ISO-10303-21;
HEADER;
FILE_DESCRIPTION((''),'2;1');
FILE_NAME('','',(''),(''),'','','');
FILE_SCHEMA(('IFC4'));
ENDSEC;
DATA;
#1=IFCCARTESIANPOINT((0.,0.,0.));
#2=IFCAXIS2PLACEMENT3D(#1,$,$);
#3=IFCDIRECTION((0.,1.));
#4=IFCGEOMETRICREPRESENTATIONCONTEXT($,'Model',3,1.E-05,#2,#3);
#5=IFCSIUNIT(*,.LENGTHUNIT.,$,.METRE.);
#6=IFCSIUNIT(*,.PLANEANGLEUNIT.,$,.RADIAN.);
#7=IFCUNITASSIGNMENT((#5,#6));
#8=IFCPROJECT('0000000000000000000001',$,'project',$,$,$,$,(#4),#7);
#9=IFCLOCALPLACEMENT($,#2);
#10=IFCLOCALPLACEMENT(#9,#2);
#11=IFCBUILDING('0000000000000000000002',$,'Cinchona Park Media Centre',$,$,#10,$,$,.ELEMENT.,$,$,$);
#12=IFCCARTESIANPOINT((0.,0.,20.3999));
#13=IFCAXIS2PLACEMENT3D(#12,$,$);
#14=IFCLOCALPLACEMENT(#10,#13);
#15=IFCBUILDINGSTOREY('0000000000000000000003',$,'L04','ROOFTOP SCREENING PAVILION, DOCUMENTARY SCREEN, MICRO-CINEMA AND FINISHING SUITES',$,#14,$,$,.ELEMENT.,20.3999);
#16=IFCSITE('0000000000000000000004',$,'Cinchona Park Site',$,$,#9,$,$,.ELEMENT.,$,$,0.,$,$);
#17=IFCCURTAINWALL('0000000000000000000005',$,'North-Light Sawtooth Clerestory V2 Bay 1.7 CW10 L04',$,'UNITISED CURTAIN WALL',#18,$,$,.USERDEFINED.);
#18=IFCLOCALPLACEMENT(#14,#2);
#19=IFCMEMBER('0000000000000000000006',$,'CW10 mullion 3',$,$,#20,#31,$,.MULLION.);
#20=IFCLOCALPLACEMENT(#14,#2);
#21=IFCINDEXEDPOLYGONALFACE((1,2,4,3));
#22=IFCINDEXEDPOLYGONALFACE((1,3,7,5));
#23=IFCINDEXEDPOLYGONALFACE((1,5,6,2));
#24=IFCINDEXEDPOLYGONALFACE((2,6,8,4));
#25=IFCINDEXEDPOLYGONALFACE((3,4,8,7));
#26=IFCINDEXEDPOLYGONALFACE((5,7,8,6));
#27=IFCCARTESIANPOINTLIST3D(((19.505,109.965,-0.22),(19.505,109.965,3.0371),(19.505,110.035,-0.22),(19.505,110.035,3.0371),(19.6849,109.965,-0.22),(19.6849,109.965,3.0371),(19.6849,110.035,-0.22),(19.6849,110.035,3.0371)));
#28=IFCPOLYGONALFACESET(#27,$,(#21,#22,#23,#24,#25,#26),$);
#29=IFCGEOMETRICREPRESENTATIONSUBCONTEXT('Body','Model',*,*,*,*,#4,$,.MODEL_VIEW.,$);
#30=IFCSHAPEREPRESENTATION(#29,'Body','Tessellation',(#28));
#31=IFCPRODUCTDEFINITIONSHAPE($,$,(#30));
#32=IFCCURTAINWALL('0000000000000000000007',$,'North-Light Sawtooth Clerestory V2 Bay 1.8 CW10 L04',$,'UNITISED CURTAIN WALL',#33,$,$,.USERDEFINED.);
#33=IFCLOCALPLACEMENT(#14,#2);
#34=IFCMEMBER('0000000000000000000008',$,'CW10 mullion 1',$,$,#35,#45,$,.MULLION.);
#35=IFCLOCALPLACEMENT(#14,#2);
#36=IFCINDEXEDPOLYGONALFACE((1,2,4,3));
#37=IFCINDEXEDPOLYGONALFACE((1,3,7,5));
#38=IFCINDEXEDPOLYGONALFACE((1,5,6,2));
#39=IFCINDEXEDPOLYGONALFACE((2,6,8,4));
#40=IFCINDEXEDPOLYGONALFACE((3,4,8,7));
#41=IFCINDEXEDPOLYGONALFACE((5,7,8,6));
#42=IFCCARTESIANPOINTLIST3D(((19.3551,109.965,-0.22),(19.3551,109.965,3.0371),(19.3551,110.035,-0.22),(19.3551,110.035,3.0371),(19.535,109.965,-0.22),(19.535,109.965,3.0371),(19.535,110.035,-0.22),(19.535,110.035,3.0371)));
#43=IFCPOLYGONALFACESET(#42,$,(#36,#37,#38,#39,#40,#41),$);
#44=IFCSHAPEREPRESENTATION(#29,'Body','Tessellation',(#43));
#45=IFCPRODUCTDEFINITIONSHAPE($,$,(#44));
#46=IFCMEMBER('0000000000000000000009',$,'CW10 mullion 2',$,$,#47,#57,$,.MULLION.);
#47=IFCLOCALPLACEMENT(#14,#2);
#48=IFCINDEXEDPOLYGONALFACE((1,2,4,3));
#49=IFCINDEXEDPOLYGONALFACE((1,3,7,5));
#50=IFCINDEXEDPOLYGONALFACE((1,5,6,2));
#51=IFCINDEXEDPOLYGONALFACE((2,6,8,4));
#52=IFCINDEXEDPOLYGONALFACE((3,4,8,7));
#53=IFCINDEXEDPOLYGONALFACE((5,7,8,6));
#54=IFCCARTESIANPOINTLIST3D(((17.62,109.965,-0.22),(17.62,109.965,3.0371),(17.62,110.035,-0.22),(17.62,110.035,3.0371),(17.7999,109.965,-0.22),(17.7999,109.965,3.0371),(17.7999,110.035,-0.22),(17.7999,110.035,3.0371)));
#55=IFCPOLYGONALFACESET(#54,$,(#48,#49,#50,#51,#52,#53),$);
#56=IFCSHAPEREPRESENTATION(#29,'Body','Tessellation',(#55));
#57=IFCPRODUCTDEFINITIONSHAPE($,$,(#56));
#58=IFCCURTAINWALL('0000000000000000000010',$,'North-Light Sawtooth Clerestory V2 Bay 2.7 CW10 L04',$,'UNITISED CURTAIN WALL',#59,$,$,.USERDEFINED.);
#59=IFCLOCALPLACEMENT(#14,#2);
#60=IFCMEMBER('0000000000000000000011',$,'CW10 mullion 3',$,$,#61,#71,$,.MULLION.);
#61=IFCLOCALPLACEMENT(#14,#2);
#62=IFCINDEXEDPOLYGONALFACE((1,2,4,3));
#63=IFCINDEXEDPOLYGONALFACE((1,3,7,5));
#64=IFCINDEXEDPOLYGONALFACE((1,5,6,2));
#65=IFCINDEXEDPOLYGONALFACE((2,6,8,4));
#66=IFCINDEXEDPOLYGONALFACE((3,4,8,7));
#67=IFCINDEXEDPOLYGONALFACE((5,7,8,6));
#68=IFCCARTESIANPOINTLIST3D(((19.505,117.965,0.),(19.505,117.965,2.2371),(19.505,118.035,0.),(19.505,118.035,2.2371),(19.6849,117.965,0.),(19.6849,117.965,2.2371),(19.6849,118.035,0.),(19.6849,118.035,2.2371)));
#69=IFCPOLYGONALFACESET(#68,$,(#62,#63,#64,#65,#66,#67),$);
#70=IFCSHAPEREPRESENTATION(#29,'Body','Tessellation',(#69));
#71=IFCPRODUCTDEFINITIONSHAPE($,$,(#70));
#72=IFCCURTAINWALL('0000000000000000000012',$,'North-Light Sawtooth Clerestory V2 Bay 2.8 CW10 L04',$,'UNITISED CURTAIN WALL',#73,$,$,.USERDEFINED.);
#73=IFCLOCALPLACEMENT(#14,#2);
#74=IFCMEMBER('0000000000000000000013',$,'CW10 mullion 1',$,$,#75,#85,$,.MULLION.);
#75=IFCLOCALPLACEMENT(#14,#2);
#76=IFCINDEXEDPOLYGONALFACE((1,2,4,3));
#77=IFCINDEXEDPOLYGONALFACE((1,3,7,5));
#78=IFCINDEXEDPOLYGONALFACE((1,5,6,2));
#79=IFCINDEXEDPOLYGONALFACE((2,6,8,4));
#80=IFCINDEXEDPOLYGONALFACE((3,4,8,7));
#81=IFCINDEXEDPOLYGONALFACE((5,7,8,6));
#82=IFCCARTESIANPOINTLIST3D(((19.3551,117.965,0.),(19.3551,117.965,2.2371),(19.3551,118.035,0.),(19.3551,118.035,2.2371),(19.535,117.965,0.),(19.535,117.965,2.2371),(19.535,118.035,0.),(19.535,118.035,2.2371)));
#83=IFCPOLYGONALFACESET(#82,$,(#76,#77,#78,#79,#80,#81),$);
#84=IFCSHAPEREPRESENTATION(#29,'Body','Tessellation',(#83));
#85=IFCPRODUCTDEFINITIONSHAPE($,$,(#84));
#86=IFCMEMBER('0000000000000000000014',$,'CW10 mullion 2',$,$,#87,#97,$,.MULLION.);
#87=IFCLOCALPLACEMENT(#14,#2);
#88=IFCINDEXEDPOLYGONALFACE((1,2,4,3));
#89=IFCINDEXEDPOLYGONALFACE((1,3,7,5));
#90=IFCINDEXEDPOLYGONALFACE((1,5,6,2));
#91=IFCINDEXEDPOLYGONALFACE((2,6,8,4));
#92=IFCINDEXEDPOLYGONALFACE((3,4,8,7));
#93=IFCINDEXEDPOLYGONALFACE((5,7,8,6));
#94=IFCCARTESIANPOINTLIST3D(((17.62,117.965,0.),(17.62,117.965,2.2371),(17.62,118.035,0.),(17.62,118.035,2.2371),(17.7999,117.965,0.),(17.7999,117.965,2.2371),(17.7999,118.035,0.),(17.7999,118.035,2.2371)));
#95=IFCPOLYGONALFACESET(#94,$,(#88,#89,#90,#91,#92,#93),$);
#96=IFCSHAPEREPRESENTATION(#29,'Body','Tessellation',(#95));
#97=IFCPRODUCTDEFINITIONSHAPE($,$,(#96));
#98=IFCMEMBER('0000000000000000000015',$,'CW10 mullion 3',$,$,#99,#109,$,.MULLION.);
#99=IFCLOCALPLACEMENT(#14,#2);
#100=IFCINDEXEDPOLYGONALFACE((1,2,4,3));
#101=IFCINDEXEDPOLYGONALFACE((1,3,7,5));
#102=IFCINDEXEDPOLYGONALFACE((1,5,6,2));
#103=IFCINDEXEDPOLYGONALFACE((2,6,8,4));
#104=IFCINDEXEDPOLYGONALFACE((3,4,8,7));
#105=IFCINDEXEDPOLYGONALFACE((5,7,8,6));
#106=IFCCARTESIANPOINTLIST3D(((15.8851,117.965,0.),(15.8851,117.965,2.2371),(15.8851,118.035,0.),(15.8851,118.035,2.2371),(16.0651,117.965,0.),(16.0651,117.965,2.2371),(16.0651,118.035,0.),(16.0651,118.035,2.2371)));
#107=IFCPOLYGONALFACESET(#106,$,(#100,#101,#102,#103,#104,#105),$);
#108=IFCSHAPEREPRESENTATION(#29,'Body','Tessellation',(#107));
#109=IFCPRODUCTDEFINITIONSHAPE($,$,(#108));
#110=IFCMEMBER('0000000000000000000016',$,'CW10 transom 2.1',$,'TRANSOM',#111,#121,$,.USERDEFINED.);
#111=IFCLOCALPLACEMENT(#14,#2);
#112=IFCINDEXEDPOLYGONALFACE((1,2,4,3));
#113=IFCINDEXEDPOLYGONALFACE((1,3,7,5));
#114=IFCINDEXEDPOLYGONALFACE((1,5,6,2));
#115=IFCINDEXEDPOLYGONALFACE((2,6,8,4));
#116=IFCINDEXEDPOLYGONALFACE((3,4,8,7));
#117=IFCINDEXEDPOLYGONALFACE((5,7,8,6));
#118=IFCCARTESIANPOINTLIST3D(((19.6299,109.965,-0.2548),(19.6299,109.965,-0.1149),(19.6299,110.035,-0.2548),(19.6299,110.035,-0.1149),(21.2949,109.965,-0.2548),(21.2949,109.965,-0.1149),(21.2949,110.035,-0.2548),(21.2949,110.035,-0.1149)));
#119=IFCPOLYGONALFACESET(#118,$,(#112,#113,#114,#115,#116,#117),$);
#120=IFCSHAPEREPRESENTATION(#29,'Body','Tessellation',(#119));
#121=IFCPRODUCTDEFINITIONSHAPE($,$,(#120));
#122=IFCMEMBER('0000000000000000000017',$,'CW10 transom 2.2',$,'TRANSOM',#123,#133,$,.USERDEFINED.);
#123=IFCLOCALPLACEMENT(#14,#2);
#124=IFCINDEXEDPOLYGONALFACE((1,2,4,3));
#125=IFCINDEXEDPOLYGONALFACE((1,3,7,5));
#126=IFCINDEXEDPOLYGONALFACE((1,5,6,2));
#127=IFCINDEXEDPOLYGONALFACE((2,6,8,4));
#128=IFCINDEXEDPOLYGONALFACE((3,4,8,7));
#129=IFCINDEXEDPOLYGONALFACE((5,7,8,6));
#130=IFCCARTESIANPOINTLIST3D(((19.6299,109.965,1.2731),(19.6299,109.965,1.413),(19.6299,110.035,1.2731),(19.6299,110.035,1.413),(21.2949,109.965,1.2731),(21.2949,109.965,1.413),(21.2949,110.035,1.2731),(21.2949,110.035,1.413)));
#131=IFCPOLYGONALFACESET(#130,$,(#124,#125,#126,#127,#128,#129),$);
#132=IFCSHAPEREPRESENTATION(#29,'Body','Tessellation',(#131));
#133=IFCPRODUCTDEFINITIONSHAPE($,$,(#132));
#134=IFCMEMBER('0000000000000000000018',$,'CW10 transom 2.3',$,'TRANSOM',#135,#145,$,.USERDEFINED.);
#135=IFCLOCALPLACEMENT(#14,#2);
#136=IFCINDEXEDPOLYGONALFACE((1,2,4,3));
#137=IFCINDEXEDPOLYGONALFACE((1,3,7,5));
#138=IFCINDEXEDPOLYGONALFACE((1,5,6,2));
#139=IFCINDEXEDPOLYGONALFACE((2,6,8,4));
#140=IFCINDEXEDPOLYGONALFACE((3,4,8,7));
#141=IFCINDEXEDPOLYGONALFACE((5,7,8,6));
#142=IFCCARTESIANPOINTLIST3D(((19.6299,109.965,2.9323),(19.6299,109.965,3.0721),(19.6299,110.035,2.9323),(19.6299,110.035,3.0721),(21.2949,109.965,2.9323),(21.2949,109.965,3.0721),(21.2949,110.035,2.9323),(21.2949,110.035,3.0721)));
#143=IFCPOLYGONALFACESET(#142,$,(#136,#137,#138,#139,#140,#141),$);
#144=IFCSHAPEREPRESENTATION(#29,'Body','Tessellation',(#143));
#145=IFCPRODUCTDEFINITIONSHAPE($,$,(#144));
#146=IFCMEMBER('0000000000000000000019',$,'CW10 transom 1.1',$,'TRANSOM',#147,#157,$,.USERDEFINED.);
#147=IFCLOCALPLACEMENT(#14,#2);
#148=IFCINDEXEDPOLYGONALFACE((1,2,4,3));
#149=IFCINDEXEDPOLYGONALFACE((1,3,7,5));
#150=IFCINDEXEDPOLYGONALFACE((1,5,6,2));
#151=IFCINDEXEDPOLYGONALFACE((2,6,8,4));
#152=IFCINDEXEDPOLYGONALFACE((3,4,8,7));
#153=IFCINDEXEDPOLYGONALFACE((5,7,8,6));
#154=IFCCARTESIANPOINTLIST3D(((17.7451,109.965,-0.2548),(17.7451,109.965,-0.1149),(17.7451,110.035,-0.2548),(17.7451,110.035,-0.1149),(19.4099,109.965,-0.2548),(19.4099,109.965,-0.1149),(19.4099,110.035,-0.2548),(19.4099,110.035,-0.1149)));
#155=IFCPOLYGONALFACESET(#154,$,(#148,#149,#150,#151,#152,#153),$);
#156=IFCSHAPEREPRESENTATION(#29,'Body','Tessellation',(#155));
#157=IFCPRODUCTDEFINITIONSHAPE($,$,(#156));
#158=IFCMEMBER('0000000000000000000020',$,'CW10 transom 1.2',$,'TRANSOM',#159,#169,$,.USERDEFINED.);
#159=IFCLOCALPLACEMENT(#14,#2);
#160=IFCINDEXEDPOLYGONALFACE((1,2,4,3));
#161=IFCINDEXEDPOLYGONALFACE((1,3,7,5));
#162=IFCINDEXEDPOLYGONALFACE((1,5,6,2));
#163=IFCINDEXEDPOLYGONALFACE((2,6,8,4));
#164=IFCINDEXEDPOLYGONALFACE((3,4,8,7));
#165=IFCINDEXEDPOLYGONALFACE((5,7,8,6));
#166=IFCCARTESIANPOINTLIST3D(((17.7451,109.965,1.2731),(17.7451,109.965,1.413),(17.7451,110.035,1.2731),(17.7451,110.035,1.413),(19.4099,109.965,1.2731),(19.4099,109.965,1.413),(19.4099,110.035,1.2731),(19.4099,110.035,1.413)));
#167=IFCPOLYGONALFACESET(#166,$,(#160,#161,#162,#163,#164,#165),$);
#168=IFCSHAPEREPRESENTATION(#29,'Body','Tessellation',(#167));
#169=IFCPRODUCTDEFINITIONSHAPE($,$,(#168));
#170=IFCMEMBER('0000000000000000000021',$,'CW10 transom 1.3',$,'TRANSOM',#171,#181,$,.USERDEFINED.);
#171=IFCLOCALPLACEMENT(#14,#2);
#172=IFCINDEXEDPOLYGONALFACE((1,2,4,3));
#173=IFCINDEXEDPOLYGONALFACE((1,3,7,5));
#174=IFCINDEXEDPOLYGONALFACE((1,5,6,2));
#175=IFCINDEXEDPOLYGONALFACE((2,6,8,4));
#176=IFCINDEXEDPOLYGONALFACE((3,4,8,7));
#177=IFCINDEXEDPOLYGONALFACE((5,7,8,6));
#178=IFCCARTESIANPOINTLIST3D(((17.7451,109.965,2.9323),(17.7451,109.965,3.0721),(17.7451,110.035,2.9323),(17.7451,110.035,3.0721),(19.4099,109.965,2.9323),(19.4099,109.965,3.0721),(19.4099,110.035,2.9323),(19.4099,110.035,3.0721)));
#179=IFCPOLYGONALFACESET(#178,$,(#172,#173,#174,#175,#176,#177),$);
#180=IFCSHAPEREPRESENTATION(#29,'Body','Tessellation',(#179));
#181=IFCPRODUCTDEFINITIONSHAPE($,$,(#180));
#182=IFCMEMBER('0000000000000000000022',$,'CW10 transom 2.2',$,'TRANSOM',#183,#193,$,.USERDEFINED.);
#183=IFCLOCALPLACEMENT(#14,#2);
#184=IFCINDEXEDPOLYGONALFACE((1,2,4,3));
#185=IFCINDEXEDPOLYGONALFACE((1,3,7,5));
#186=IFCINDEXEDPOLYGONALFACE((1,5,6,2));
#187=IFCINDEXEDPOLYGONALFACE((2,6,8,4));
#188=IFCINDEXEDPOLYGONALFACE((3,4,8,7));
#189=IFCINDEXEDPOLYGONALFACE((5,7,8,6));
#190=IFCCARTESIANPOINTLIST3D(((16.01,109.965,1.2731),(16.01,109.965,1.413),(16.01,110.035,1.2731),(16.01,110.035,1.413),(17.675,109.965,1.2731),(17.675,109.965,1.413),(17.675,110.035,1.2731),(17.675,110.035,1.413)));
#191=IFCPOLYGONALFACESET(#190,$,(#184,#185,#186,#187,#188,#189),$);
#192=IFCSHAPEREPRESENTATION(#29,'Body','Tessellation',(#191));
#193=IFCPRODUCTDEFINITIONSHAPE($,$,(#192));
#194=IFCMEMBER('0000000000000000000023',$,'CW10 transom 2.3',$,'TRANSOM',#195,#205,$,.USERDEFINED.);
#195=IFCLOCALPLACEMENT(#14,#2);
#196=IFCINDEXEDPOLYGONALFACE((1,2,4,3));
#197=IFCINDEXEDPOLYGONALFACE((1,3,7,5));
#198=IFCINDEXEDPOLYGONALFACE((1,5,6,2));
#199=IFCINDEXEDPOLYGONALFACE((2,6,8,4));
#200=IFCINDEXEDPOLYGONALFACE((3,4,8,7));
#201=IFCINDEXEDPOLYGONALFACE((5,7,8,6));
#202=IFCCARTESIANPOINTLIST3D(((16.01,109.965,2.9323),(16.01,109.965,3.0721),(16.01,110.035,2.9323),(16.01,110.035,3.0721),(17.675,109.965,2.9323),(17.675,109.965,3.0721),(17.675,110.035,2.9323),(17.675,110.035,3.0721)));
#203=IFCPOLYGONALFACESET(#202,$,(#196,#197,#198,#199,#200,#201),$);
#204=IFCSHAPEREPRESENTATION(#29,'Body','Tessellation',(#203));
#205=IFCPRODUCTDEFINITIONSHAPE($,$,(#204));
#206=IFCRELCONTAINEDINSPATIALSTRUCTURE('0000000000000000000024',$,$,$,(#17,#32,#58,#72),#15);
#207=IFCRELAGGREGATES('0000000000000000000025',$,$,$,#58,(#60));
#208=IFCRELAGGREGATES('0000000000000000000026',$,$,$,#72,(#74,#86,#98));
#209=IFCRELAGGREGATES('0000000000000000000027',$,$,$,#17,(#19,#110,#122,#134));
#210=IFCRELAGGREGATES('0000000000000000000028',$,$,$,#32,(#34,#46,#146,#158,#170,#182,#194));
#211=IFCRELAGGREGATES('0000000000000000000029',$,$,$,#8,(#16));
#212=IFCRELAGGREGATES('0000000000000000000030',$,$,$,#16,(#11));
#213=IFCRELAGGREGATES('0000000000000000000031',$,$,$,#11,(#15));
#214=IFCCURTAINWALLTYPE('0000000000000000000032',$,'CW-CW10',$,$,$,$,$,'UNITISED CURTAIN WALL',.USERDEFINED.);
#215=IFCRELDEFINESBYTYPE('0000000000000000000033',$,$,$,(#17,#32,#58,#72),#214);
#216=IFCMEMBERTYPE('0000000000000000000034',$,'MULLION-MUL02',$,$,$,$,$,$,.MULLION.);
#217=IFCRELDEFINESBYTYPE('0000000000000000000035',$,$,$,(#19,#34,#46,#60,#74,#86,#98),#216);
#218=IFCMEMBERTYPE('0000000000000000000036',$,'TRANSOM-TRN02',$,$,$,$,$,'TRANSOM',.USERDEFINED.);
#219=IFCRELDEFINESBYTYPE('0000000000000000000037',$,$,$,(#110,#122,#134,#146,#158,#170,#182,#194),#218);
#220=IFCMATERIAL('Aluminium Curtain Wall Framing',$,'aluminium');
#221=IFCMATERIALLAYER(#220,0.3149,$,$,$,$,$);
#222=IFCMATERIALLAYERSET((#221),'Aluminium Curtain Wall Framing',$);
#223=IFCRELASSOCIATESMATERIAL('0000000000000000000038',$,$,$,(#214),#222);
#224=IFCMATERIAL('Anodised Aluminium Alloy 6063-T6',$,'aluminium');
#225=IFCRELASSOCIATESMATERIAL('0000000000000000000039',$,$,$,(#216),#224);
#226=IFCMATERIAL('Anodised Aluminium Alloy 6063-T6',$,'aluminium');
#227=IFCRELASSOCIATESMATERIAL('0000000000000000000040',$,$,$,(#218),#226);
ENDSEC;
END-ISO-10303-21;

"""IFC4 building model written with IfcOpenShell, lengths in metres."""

from ifc_helpers import new_model, si_unit, direction, frame, origin, origin_2d, place, context, subcontext, project, spatial, rectangle, extrude, material, layer, layer_set, material_profile, profile_set, type_object, element, aggregate, save


model = new_model("IFC4")

# Units and contexts
model_context = context("Model", 3, precision=1e-05, world=origin(), true_north=direction((0.0, 1.0)))
body_context = subcontext(model_context, "Body", "Model", "MODEL_VIEW")
ifc_project = project(units=[si_unit("LENGTHUNIT", "METRE"), si_unit("PLANEANGLEUNIT", "RADIAN")], contexts=[model_context])

# Site, building, storey
site_placement = place(None, origin())
site = spatial("IfcSite", under=ifc_project, at=site_placement, Name="Cinchona Park Site", CompositionType="ELEMENT", RefElevation=0.0)
building_placement = place(site_placement, origin())
building = spatial("IfcBuilding", under=site, at=building_placement, Name="Cinchona Park Media Centre", CompositionType="ELEMENT")
storey_placement = place(building_placement, frame((0.0, 0.0, 20.3999)))
storey = spatial("IfcBuildingStorey", under=building, at=storey_placement, Name="L04", Description="ROOFTOP SCREENING PAVILION, DOCUMENTARY SCREEN, MICRO-CINEMA AND FINISHING SUITES", CompositionType="ELEMENT", Elevation=20.3999)

# Curtain wall, member
ifc_material_1 = material(Name="Aluminium Curtain Wall Framing", Category="aluminium")
ifc_layer_1 = layer(ifc_material_1, 0.3149)
ifc_layer_set_1 = layer_set([ifc_layer_1], Name="Aluminium Curtain Wall Framing")
curtain_wall_type = type_object("IfcCurtainWallType", Name="CW-CW10", ElementType="UNITISED CURTAIN WALL", PredefinedType="USERDEFINED", material=ifc_layer_set_1)
curtain_wall_1_placement = place(storey_placement, origin())
curtain_wall_1 = element("IfcCurtainWall", 1, at=curtain_wall_1_placement, inside=storey, type_object=curtain_wall_type, Name="North-Light Sawtooth Clerestory V2 Bay 1.7 CW10 L04", ObjectType="UNITISED CURTAIN WALL", PredefinedType="USERDEFINED")
ifc_material_2 = material(Name="Anodised Aluminium Alloy 6063-T6", Category="aluminium")
ifc_material_profile_1 = material_profile(ifc_material_2, rectangle(XDim=0.0701, YDim=0.1799, at=origin_2d()), Name="MUL-70X180")
ifc_profile_set_1 = profile_set([ifc_material_profile_1], Name="Anodised Aluminium Alloy 6063-T6")
member_type_1 = type_object("IfcMemberType", Name="MULLION-MUL02", PredefinedType="MULLION", material=ifc_profile_set_1)
member_1_placement = place(storey_placement, frame((19.595, 110.0, -0.22), z_axis=(0.0, 0.0, 1.0), x_axis=(0.0, -1.0, 0.0)))
member_1 = element("IfcMember", 2, at=member_1_placement, type_object=member_type_1, Name="CW10 mullion 3", PredefinedType="MULLION", context=body_context, shape_type="SweptSolid", body=[
    extrude(rectangle(XDim=0.0701, YDim=0.1799, at=origin_2d()), origin(), (0.0, 0.0, 1.0), 3.2571),
])

# Curtain wall, members
curtain_wall_2_placement = place(storey_placement, origin())
curtain_wall_2 = element("IfcCurtainWall", 3, at=curtain_wall_2_placement, inside=storey, type_object=curtain_wall_type, Name="North-Light Sawtooth Clerestory V2 Bay 1.8 CW10 L04", ObjectType="UNITISED CURTAIN WALL", PredefinedType="USERDEFINED")
member_2_placement = place(storey_placement, frame((19.4451, 110.0, -0.22), z_axis=(0.0, 0.0, 1.0), x_axis=(0.0, -1.0, 0.0)))
member_2 = element("IfcMember", 4, at=member_2_placement, type_object=member_type_1, Name="CW10 mullion 1", PredefinedType="MULLION", context=body_context, shape_type="SweptSolid", body=[
    extrude(rectangle(XDim=0.0701, YDim=0.1799, at=origin_2d()), origin(), (0.0, 0.0, 1.0), 3.2571),
])
member_3_placement = place(storey_placement, frame((17.71, 110.0, -0.22), z_axis=(0.0, 0.0, 1.0), x_axis=(0.0, -1.0, 0.0)))
member_3 = element("IfcMember", 5, at=member_3_placement, type_object=member_type_1, Name="CW10 mullion 2", PredefinedType="MULLION", context=body_context, shape_type="SweptSolid", body=[
    extrude(rectangle(XDim=0.0701, YDim=0.1799, at=origin_2d()), origin(), (0.0, 0.0, 1.0), 3.2571),
])

# Curtain wall, member
curtain_wall_3_placement = place(storey_placement, origin())
curtain_wall_3 = element("IfcCurtainWall", 6, at=curtain_wall_3_placement, inside=storey, type_object=curtain_wall_type, Name="North-Light Sawtooth Clerestory V2 Bay 2.7 CW10 L04", ObjectType="UNITISED CURTAIN WALL", PredefinedType="USERDEFINED")
member_4_placement = place(storey_placement, frame((19.595, 118.0, 0.0), z_axis=(0.0, 0.0, 1.0), x_axis=(0.0, -1.0, 0.0)))
member_4 = element("IfcMember", 7, at=member_4_placement, type_object=member_type_1, Name="CW10 mullion 3", PredefinedType="MULLION", context=body_context, shape_type="SweptSolid", body=[
    extrude(rectangle(XDim=0.0701, YDim=0.1799, at=origin_2d()), origin(), (0.0, 0.0, 1.0), 2.2371),
])

# Curtain wall, members
curtain_wall_4_placement = place(storey_placement, origin())
curtain_wall_4 = element("IfcCurtainWall", 8, at=curtain_wall_4_placement, inside=storey, type_object=curtain_wall_type, Name="North-Light Sawtooth Clerestory V2 Bay 2.8 CW10 L04", ObjectType="UNITISED CURTAIN WALL", PredefinedType="USERDEFINED")
member_5_placement = place(storey_placement, frame((19.4451, 118.0, 0.0), z_axis=(0.0, 0.0, 1.0), x_axis=(0.0, -1.0, 0.0)))
member_5 = element("IfcMember", 9, at=member_5_placement, type_object=member_type_1, Name="CW10 mullion 1", PredefinedType="MULLION", context=body_context, shape_type="SweptSolid", body=[
    extrude(rectangle(XDim=0.0701, YDim=0.1799, at=origin_2d()), origin(), (0.0, 0.0, 1.0), 2.2371),
])
member_6_placement = place(storey_placement, frame((17.71, 118.0, 0.0), z_axis=(0.0, 0.0, 1.0), x_axis=(0.0, -1.0, 0.0)))
member_6 = element("IfcMember", 10, at=member_6_placement, type_object=member_type_1, Name="CW10 mullion 2", PredefinedType="MULLION", context=body_context, shape_type="SweptSolid", body=[
    extrude(rectangle(XDim=0.0701, YDim=0.1799, at=origin_2d()), origin(), (0.0, 0.0, 1.0), 2.2371),
])
member_7_placement = place(storey_placement, frame((15.9751, 118.0, 0.0), z_axis=(0.0, 0.0, 1.0), x_axis=(0.0, -1.0, 0.0)))
member_7 = element("IfcMember", 11, at=member_7_placement, type_object=member_type_1, Name="CW10 mullion 3", PredefinedType="MULLION", context=body_context, shape_type="SweptSolid", body=[
    extrude(rectangle(XDim=0.0701, YDim=0.1799, at=origin_2d()), origin(), (0.0, 0.0, 1.0), 2.2371),
])

# Members
ifc_material_3 = material(Name="Anodised Aluminium Alloy 6063-T6", Category="aluminium")
ifc_material_profile_2 = material_profile(ifc_material_3, rectangle(XDim=0.0701, YDim=0.1399, at=origin_2d()), Name="TRN-70X140")
ifc_profile_set_2 = profile_set([ifc_material_profile_2], Name="Anodised Aluminium Alloy 6063-T6")
member_type_2 = type_object("IfcMemberType", Name="TRANSOM-TRN02", ElementType="TRANSOM", PredefinedType="USERDEFINED", material=ifc_profile_set_2)
member_8_placement = place(storey_placement, frame((21.2949, 110.0, -0.1848), z_axis=(-1.0, 0.0, 0.0), x_axis=(0.0, -1.0, 0.0)))
member_8 = element("IfcMember", 12, at=member_8_placement, type_object=member_type_2, Name="CW10 transom 2.1", ObjectType="TRANSOM", PredefinedType="USERDEFINED", context=body_context, shape_type="SweptSolid", body=[
    extrude(rectangle(XDim=0.0701, YDim=0.1399, at=origin_2d()), origin(), (0.0, 0.0, 1.0), 1.665),
])
member_9_placement = place(storey_placement, frame((21.2949, 110.0, 1.343), z_axis=(-1.0, 0.0, 0.0), x_axis=(0.0, -1.0, 0.0)))
member_9 = element("IfcMember", 13, at=member_9_placement, type_object=member_type_2, Name="CW10 transom 2.2", ObjectType="TRANSOM", PredefinedType="USERDEFINED", context=body_context, shape_type="SweptSolid", body=[
    extrude(rectangle(XDim=0.0701, YDim=0.1399, at=origin_2d()), origin(), (0.0, 0.0, 1.0), 1.665),
])
member_10_placement = place(storey_placement, frame((21.2949, 110.0, 3.0022), z_axis=(-1.0, 0.0, 0.0), x_axis=(0.0, -1.0, 0.0)))
member_10 = element("IfcMember", 14, at=member_10_placement, type_object=member_type_2, Name="CW10 transom 2.3", ObjectType="TRANSOM", PredefinedType="USERDEFINED", context=body_context, shape_type="SweptSolid", body=[
    extrude(rectangle(XDim=0.0701, YDim=0.1399, at=origin_2d()), origin(), (0.0, 0.0, 1.0), 1.665),
])
member_11_placement = place(storey_placement, frame((19.4099, 110.0, -0.1848), z_axis=(-1.0, 0.0, 0.0), x_axis=(0.0, -1.0, 0.0)))
member_11 = element("IfcMember", 15, at=member_11_placement, type_object=member_type_2, Name="CW10 transom 1.1", ObjectType="TRANSOM", PredefinedType="USERDEFINED", context=body_context, shape_type="SweptSolid", body=[
    extrude(rectangle(XDim=0.0701, YDim=0.1399, at=origin_2d()), origin(), (0.0, 0.0, 1.0), 1.6648),
])
member_12_placement = place(storey_placement, frame((19.4099, 110.0, 1.343), z_axis=(-1.0, 0.0, 0.0), x_axis=(0.0, -1.0, 0.0)))
member_12 = element("IfcMember", 16, at=member_12_placement, type_object=member_type_2, Name="CW10 transom 1.2", ObjectType="TRANSOM", PredefinedType="USERDEFINED", context=body_context, shape_type="SweptSolid", body=[
    extrude(rectangle(XDim=0.0701, YDim=0.1399, at=origin_2d()), origin(), (0.0, 0.0, 1.0), 1.6648),
])
member_13_placement = place(storey_placement, frame((19.4099, 110.0, 3.0022), z_axis=(-1.0, 0.0, 0.0), x_axis=(0.0, -1.0, 0.0)))
member_13 = element("IfcMember", 17, at=member_13_placement, type_object=member_type_2, Name="CW10 transom 1.3", ObjectType="TRANSOM", PredefinedType="USERDEFINED", context=body_context, shape_type="SweptSolid", body=[
    extrude(rectangle(XDim=0.0701, YDim=0.1399, at=origin_2d()), origin(), (0.0, 0.0, 1.0), 1.6648),
])
member_14_placement = place(storey_placement, frame((17.675, 110.0, 1.343), z_axis=(-1.0, 0.0, 0.0), x_axis=(0.0, -1.0, 0.0)))
member_14 = element("IfcMember", 18, at=member_14_placement, type_object=member_type_2, Name="CW10 transom 2.2", ObjectType="TRANSOM", PredefinedType="USERDEFINED", context=body_context, shape_type="SweptSolid", body=[
    extrude(rectangle(XDim=0.0701, YDim=0.1399, at=origin_2d()), origin(), (0.0, 0.0, 1.0), 1.665),
])
member_15_placement = place(storey_placement, frame((17.675, 110.0, 3.0022), z_axis=(-1.0, 0.0, 0.0), x_axis=(0.0, -1.0, 0.0)))
member_15 = element("IfcMember", 19, at=member_15_placement, type_object=member_type_2, Name="CW10 transom 2.3", ObjectType="TRANSOM", PredefinedType="USERDEFINED", context=body_context, shape_type="SweptSolid", body=[
    extrude(rectangle(XDim=0.0701, YDim=0.1399, at=origin_2d()), origin(), (0.0, 0.0, 1.0), 1.665),
])

aggregate(curtain_wall_3, [member_4])
aggregate(curtain_wall_4, [member_5, member_6, member_7])
aggregate(curtain_wall_1, [member_1, member_8, member_9, member_10])
aggregate(curtain_wall_2, [member_2, member_3, member_11, member_12, member_13, member_14, member_15])

save(model, "model.ifc")
